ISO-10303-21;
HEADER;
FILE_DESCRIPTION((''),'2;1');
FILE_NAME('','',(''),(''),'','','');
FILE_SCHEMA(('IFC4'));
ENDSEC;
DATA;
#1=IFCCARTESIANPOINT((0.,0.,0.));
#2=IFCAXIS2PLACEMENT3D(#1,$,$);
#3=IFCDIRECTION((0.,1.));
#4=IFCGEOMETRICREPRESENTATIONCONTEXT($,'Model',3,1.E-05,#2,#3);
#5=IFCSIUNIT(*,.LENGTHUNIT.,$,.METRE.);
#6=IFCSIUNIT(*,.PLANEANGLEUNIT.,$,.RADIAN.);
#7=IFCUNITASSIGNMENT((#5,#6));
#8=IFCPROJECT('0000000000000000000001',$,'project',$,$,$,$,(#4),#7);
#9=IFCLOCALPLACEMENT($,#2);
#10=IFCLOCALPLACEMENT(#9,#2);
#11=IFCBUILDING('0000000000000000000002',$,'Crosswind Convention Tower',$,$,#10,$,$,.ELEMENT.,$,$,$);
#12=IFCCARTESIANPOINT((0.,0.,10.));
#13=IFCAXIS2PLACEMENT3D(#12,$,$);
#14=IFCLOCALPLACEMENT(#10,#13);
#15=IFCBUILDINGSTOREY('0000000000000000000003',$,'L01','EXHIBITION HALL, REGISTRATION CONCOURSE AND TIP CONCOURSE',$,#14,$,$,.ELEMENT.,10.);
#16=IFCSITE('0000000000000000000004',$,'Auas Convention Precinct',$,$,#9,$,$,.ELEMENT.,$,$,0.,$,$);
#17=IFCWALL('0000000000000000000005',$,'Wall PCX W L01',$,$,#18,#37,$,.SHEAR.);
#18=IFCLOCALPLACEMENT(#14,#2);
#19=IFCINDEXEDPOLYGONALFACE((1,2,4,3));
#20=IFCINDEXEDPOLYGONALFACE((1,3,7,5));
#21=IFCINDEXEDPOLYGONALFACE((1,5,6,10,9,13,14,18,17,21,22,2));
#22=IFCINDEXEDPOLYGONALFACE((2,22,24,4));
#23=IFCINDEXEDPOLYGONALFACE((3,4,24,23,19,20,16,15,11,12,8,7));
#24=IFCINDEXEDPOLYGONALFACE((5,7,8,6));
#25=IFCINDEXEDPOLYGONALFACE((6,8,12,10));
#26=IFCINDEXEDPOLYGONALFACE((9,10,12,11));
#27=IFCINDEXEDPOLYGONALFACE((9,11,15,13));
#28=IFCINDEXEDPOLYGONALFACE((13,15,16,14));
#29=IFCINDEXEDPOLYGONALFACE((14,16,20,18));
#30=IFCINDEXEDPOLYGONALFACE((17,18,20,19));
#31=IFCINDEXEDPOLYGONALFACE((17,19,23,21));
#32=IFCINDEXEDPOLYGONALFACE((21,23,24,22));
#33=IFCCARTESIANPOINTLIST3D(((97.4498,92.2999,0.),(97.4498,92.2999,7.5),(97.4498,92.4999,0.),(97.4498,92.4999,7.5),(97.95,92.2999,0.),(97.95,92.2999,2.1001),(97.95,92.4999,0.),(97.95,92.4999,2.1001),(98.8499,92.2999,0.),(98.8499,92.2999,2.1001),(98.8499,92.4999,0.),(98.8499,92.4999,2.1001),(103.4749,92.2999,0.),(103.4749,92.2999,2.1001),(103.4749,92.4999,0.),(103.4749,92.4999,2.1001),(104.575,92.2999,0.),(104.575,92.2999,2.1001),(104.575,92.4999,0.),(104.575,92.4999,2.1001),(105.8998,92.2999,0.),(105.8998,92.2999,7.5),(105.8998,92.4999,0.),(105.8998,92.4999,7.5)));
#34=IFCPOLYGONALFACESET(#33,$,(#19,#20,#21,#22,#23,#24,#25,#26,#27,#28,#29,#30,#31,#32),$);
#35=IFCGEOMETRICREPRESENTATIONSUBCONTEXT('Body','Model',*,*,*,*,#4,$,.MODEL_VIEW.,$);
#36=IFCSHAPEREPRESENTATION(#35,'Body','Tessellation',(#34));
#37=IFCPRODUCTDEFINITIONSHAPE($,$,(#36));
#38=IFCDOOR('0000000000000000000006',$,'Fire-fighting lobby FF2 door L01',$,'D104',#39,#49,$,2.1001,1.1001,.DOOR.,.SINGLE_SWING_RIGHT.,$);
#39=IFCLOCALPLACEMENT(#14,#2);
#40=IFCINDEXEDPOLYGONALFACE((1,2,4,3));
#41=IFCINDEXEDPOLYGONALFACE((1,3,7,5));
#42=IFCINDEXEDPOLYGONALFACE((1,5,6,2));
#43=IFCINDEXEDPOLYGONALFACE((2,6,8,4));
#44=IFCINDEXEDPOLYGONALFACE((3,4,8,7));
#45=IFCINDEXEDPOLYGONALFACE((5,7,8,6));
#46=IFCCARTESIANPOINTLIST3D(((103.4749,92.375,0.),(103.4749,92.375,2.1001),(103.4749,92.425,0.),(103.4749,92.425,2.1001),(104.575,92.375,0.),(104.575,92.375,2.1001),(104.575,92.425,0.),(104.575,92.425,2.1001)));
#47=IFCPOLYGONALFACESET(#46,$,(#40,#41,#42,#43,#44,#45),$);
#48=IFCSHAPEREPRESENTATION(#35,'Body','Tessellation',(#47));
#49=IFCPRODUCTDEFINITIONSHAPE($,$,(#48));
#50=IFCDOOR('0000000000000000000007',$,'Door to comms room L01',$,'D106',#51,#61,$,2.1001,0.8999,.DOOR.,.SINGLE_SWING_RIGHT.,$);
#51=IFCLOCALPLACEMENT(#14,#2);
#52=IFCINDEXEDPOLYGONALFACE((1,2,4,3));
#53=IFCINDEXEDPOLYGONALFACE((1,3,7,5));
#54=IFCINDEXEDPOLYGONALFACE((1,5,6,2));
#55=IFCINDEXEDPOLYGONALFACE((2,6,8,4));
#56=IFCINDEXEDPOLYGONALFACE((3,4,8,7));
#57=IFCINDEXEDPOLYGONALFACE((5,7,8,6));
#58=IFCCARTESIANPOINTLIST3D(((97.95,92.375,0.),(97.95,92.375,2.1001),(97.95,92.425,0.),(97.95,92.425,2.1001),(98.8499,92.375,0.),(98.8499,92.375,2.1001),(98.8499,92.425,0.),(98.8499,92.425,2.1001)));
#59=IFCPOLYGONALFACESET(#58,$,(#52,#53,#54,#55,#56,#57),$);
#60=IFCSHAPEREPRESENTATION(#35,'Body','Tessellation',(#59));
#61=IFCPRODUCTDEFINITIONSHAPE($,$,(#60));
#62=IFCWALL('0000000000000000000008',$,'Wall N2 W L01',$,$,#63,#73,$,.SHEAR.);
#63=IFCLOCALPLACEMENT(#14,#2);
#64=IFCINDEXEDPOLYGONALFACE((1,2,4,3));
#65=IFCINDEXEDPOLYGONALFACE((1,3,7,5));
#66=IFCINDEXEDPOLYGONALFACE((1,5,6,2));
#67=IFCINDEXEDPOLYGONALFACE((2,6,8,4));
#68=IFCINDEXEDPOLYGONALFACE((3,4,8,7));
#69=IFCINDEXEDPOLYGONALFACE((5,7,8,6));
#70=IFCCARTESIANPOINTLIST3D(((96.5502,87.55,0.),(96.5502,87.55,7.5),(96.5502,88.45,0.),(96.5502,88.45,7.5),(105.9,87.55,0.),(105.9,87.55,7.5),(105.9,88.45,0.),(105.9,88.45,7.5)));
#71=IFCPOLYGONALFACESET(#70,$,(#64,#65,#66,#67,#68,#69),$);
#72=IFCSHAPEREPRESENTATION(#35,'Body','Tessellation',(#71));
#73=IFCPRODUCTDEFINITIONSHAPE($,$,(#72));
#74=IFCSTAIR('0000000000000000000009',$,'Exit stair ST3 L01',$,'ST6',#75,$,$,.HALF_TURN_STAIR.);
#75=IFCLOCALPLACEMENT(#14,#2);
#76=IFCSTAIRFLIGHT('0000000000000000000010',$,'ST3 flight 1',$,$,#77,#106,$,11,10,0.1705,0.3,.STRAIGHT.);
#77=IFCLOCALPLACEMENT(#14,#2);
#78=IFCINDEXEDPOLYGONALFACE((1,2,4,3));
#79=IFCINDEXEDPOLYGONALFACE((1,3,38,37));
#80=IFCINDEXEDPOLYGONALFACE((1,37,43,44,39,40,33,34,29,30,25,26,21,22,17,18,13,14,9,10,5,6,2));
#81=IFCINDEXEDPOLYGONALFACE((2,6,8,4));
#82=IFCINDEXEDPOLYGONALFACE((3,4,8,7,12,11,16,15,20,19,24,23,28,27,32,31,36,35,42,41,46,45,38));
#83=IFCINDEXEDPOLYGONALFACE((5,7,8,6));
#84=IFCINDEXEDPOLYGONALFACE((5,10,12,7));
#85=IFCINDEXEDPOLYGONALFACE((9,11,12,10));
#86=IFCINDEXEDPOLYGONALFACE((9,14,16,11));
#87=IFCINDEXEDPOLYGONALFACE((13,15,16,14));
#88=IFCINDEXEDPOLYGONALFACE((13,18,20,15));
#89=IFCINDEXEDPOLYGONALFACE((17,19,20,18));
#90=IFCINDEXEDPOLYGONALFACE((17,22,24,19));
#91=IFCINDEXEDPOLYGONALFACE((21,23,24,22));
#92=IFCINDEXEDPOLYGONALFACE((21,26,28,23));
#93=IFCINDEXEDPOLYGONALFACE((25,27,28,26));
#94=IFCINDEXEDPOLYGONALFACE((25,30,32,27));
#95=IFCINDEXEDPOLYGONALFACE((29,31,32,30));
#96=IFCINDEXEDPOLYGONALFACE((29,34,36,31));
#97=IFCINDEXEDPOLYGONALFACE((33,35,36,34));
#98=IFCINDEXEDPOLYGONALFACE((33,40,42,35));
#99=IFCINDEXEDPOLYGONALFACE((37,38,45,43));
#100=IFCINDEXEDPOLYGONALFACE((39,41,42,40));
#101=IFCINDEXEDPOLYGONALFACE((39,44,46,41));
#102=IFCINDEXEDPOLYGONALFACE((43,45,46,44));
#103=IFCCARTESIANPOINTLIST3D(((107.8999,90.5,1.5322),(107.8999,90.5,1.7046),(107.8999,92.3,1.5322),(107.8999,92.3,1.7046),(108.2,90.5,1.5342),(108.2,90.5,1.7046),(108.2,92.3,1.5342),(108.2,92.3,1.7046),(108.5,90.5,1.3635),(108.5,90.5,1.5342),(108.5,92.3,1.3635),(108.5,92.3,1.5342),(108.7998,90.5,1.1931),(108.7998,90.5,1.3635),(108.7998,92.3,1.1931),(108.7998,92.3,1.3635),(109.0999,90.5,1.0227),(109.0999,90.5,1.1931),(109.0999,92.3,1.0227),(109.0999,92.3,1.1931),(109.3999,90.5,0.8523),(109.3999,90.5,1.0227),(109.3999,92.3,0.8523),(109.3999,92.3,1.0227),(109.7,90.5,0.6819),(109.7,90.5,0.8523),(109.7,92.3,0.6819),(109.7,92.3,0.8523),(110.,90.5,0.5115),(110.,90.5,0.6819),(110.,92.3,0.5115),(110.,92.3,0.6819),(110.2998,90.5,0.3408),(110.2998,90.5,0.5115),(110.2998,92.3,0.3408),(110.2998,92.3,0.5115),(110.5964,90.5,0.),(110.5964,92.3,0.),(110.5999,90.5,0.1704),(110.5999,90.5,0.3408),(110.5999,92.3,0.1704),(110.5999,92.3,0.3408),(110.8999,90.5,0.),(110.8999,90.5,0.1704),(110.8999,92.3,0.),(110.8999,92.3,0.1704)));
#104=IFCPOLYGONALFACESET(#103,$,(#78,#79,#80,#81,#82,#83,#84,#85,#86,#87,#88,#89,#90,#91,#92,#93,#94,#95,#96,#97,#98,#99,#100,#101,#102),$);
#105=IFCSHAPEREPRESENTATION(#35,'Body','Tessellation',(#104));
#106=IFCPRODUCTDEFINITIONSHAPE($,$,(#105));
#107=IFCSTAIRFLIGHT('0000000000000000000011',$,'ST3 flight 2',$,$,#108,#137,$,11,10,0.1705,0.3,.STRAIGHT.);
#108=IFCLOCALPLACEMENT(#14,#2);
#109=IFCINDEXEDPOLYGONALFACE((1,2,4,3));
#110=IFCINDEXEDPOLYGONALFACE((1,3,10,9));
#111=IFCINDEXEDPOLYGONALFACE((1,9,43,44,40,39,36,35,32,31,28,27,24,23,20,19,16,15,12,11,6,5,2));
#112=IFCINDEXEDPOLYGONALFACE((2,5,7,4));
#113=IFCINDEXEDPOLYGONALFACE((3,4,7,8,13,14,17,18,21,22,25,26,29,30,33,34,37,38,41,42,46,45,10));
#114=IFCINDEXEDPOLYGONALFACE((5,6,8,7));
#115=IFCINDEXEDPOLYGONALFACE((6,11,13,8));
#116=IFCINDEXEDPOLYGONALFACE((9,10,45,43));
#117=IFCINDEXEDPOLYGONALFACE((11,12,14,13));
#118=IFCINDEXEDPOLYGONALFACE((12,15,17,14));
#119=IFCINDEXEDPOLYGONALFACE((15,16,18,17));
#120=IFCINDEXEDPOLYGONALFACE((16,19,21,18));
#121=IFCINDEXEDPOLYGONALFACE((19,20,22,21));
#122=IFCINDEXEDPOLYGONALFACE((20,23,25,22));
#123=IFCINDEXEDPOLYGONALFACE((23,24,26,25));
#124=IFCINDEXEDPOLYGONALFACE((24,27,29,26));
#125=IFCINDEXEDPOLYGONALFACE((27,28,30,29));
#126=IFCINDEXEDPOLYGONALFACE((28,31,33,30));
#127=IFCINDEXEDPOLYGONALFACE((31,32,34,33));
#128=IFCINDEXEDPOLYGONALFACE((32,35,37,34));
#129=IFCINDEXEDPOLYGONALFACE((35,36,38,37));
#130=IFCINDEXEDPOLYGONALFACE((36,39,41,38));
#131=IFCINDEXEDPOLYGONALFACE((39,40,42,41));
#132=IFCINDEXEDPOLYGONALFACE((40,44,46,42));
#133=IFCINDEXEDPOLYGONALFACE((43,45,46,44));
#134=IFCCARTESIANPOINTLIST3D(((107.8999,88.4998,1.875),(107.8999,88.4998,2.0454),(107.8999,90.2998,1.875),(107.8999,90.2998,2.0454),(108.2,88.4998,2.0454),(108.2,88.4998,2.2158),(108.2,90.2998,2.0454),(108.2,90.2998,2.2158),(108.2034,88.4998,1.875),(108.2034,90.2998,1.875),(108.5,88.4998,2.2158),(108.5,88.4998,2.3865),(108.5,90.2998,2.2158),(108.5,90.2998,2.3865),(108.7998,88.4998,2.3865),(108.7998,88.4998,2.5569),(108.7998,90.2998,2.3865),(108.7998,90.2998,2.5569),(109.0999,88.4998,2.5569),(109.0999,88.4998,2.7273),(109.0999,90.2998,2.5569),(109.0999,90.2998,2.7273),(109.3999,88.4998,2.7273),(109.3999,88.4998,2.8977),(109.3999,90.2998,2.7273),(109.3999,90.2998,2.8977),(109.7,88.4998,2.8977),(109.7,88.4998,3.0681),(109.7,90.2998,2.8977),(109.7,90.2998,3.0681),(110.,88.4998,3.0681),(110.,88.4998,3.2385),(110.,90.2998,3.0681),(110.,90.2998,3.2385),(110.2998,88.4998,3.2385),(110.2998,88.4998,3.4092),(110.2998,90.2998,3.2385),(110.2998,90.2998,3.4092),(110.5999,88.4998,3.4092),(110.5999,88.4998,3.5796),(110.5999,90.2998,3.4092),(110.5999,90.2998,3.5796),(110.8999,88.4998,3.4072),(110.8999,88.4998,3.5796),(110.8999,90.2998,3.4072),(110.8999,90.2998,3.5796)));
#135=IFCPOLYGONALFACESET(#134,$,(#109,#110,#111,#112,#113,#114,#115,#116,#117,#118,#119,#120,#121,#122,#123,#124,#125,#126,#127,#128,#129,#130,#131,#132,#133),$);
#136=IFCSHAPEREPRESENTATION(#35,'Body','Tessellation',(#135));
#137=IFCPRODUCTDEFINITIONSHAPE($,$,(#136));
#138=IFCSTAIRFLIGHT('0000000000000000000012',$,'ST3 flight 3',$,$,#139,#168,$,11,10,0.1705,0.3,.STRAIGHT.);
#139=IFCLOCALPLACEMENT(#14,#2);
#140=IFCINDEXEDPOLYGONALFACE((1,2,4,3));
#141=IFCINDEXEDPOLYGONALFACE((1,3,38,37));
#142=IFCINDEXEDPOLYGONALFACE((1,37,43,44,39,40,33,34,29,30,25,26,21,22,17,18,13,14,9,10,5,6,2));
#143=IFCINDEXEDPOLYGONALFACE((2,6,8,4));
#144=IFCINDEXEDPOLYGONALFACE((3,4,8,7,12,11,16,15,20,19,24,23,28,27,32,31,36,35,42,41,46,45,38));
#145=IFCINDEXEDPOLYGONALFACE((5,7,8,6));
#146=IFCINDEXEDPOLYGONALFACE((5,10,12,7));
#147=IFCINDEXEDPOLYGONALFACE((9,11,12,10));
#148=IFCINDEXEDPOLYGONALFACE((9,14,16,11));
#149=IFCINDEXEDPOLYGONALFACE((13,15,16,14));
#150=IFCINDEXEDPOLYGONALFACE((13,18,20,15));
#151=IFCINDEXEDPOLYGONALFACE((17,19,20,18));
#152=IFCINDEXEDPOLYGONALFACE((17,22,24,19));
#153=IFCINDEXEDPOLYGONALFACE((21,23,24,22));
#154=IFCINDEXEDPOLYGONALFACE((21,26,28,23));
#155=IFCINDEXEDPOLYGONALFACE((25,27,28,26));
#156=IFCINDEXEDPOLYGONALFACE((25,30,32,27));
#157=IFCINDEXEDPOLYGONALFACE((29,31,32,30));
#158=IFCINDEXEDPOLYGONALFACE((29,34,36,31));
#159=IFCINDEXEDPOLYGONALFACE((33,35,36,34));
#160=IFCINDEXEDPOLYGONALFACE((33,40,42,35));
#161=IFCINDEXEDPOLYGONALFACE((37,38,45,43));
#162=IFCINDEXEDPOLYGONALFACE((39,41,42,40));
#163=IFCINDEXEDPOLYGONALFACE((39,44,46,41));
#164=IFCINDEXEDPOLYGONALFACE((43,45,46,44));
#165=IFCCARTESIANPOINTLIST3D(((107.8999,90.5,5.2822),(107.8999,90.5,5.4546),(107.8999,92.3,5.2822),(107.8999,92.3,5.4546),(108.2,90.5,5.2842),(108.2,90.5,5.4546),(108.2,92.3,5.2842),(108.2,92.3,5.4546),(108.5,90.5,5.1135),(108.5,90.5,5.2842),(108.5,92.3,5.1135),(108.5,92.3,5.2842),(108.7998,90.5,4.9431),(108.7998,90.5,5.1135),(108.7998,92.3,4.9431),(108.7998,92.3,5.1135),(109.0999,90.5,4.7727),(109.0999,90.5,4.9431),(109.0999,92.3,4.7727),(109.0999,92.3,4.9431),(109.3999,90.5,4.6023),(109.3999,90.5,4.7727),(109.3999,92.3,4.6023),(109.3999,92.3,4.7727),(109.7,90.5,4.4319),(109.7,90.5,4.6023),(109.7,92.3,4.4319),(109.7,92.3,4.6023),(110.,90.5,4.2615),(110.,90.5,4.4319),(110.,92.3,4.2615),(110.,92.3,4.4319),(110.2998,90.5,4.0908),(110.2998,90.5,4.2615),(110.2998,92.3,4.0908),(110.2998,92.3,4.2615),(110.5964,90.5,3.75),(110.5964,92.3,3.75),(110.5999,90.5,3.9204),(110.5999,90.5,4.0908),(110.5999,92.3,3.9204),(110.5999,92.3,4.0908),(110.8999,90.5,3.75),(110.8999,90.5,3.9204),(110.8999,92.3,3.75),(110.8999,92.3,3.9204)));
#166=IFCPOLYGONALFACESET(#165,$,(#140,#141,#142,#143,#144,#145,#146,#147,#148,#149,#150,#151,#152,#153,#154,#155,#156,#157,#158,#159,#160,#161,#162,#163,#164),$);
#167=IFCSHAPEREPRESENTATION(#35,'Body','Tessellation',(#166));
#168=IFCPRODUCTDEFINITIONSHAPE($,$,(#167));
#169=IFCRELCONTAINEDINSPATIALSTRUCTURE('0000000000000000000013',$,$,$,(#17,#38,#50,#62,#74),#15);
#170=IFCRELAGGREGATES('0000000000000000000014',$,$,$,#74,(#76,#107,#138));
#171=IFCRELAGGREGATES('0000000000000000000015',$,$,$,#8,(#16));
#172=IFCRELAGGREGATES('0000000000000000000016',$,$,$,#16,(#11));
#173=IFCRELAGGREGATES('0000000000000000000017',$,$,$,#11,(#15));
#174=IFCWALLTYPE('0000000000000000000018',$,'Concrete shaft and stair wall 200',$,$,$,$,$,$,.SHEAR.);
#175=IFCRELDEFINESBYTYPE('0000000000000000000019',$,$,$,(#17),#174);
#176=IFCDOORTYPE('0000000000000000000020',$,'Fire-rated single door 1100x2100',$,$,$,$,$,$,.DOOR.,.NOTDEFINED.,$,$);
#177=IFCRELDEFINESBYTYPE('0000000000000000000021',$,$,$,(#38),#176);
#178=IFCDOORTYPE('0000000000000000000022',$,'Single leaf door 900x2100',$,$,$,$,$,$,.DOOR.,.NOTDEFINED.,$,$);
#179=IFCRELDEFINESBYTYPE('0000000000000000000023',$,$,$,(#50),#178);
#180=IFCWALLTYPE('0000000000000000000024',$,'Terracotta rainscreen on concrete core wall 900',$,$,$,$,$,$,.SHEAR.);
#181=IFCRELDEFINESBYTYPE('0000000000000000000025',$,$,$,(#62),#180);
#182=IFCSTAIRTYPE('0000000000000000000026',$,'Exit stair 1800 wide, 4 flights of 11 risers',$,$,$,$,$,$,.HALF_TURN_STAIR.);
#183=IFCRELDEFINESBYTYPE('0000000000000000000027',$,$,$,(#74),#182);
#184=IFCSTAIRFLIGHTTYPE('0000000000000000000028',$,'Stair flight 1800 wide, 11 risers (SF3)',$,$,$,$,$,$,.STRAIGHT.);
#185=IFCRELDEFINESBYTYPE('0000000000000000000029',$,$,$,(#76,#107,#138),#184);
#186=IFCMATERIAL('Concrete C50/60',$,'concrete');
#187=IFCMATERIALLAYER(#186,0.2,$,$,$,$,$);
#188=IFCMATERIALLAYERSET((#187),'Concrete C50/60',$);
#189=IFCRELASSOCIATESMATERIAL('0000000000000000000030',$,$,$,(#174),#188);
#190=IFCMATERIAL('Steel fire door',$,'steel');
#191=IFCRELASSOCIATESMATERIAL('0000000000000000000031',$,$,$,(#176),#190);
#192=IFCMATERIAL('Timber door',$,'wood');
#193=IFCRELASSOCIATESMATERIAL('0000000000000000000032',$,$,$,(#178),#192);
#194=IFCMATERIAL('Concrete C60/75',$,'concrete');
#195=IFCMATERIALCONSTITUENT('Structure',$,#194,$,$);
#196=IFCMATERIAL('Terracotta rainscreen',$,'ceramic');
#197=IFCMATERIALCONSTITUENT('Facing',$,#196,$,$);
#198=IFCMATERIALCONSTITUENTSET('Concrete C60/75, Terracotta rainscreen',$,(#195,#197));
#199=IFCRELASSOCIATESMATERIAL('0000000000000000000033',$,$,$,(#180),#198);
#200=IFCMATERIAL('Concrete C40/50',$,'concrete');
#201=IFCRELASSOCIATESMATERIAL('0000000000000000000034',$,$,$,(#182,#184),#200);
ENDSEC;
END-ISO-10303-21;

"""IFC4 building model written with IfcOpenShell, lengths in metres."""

from ifc_helpers import new_model, si_unit, direction, frame, frame_2d, origin, place, context, subcontext, project, spatial, polyline, rectangle, outline, extrude, material, layer, layer_set, constituent, constituent_set, type_object, element, fill, aggregate, save


model = new_model("IFC4")

# Units and contexts
model_context = context("Model", 3, precision=1e-05, world=origin(), true_north=direction((0.0, 1.0)))
body_context = subcontext(model_context, "Body", "Model", "MODEL_VIEW")
ifc_project = project(units=[si_unit("LENGTHUNIT", "METRE"), si_unit("PLANEANGLEUNIT", "RADIAN")], contexts=[model_context])

# Site, building, storey
site_placement = place(None, origin())
site = spatial("IfcSite", under=ifc_project, at=site_placement, Name="Auas Convention Precinct", CompositionType="ELEMENT", RefElevation=0.0)
building_placement = place(site_placement, origin())
building = spatial("IfcBuilding", under=site, at=building_placement, Name="Crosswind Convention Tower", CompositionType="ELEMENT")
storey_placement = place(building_placement, frame((0.0, 0.0, 10.0)))
storey = spatial("IfcBuildingStorey", under=building, at=storey_placement, Name="L01", Description="EXHIBITION HALL, REGISTRATION CONCOURSE AND TIP CONCOURSE", CompositionType="ELEMENT", Elevation=10.0)

# Shared definitions
ifc_material_1 = material(Name="Concrete C50/60", Category="concrete")
ifc_layer_1 = layer(ifc_material_1, 0.2)
ifc_layer_set_1 = layer_set([ifc_layer_1], Name="Concrete C50/60")
wall_type_1 = type_object("IfcWallType", Name="Concrete shaft and stair wall 200", PredefinedType="SHEAR", material=ifc_layer_set_1)

# Wall, openings, doors
wall_1_placement = place(storey_placement, frame((105.8999, 92.3999, 0.0), z_axis=(0.0, 0.0, 1.0), x_axis=(-1.0, 0.0, 0.0)))
wall_1 = element("IfcWall", 1, at=wall_1_placement, inside=storey, type_object=wall_type_1, Name="Wall PCX W L01", PredefinedType="SHEAR", context=body_context, shape_type="SweptSolid", body=[
    extrude(rectangle(XDim=8.45, YDim=0.2, at=frame_2d((4.2251, 0.0))), origin(), (0.0, 0.0, 1.0), 7.5),
])
opening_1_placement = place(wall_1_placement, frame((1.325, 0.0, 0.0)))
opening_1 = element("IfcOpeningElement", 2, at=opening_1_placement, cuts=wall_1, PredefinedType="OPENING", context=body_context, shape_type="SweptSolid", body=[
    extrude(rectangle(XDim=1.1001, YDim=2.1001, at=frame_2d((0.55, 1.05))), frame((0.0, 0.1099, 0.0), z_axis=(0.0, -1.0, 0.0), x_axis=(1.0, 0.0, 0.0)), (0.0, 0.0, 1.0), 0.22),
])
opening_2_placement = place(wall_1_placement, frame((7.05, 0.0, 0.0)))
opening_2 = element("IfcOpeningElement", 3, at=opening_2_placement, cuts=wall_1, PredefinedType="OPENING", context=body_context, shape_type="SweptSolid", body=[
    extrude(rectangle(XDim=0.8999, YDim=2.1001, at=frame_2d((0.45, 1.05))), frame((0.0, 0.1099, 0.0), z_axis=(0.0, -1.0, 0.0), x_axis=(1.0, 0.0, 0.0)), (0.0, 0.0, 1.0), 0.22),
])
ifc_material_2 = material(Name="Steel fire door", Category="steel")
door_type_1 = type_object("IfcDoorType", Name="Fire-rated single door 1100x2100", OperationType="NOTDEFINED", PredefinedType="DOOR", material=ifc_material_2)
door_1_placement = place(opening_1_placement, origin())
door_1 = element("IfcDoor", 4, at=door_1_placement, inside=storey, type_object=door_type_1, Name="Fire-fighting lobby FF2 door L01", ObjectType="D104", OperationType="SINGLE_SWING_RIGHT", OverallHeight=2.1001, OverallWidth=1.1001, PredefinedType="DOOR", context=body_context, shape_type="SweptSolid", body=[
    extrude(rectangle(XDim=1.1001, YDim=2.1001, at=frame_2d((0.55, 1.05))), frame((0.0, 0.0249, 0.0), z_axis=(0.0, -1.0, 0.0), x_axis=(1.0, 0.0, 0.0)), (0.0, 0.0, 1.0), 0.05),
])
fill(opening_1, door_1)
ifc_material_3 = material(Name="Timber door", Category="wood")
door_type_2 = type_object("IfcDoorType", Name="Single leaf door 900x2100", OperationType="NOTDEFINED", PredefinedType="DOOR", material=ifc_material_3)
door_2_placement = place(opening_2_placement, origin())
door_2 = element("IfcDoor", 5, at=door_2_placement, inside=storey, type_object=door_type_2, Name="Door to comms room L01", ObjectType="D106", OperationType="SINGLE_SWING_RIGHT", OverallHeight=2.1001, OverallWidth=0.8999, PredefinedType="DOOR", context=body_context, shape_type="SweptSolid", body=[
    extrude(rectangle(XDim=0.8999, YDim=2.1001, at=frame_2d((0.45, 1.05))), frame((0.0, 0.0249, 0.0), z_axis=(0.0, -1.0, 0.0), x_axis=(1.0, 0.0, 0.0)), (0.0, 0.0, 1.0), 0.05),
])
fill(opening_2, door_2)

# Wall
ifc_material_4 = material(Name="Concrete C60/75", Category="concrete")
ifc_constituent_1 = constituent(ifc_material_4, Name="Structure")
ifc_material_5 = material(Name="Terracotta rainscreen", Category="ceramic")
ifc_constituent_2 = constituent(ifc_material_5, Name="Facing")
ifc_constituent_set = constituent_set(constituents=[ifc_constituent_1, ifc_constituent_2], Name="Concrete C60/75, Terracotta rainscreen")
wall_type_2 = type_object("IfcWallType", Name="Terracotta rainscreen on concrete core wall 900", PredefinedType="SHEAR", material=ifc_constituent_set)
wall_2_placement = place(storey_placement, frame((105.8999, 88.0, 0.0), z_axis=(0.0, 0.0, 1.0), x_axis=(-1.0, 0.0, 0.0)))
element("IfcWall", 6, at=wall_2_placement, inside=storey, type_object=wall_type_2, Name="Wall N2 W L01", PredefinedType="SHEAR", context=body_context, shape_type="SweptSolid", body=[
    extrude(rectangle(XDim=9.3499, YDim=0.8999, at=frame_2d((4.6748, 0.0))), origin(), (0.0, 0.0, 1.0), 7.5),
])

# Stair, stair flights
ifc_material_6 = material(Name="Concrete C40/50", Category="concrete")
stair_type = type_object("IfcStairType", Name="Exit stair 1800 wide, 4 flights of 11 risers", PredefinedType="HALF_TURN_STAIR", material=ifc_material_6)
stair_placement = place(storey_placement, origin())
stair = element("IfcStair", 7, at=stair_placement, inside=storey, type_object=stair_type, Name="Exit stair ST3 L01", ObjectType="ST6", PredefinedType="HALF_TURN_STAIR")
stair_flight_type = type_object("IfcStairFlightType", Name="Stair flight 1800 wide, 11 risers (SF3)", PredefinedType="STRAIGHT", material=ifc_material_6)
stair_flight_1_placement = place(storey_placement, frame((110.8999, 91.3999, 0.0), z_axis=(0.0, 0.0, 1.0), x_axis=(-1.0, 0.0, 0.0)))
stair_flight_1 = element("IfcStairFlight", 8, at=stair_flight_1_placement, type_object=stair_flight_type, Name="ST3 flight 1", NumberOfRisers=11, NumberOfTreads=10, PredefinedType="STRAIGHT", RiserHeight=0.1705, TreadLength=0.3, context=body_context, shape_type="SweptSolid", body=[
    extrude(outline(polyline([(0.0, 0.0), (0.0, 0.1704), (0.3, 0.1704), (0.3, 0.3408), (0.6001, 0.3408), (0.6001, 0.5115), (0.8999, 0.5115), (0.8999, 0.6819), (1.2, 0.6819), (1.2, 0.8523), (1.5, 0.8523), (1.5, 1.0227), (1.8, 1.0227), (1.8, 1.1931), (2.1001, 1.1931), (2.1001, 1.3635), (2.3999, 1.3635), (2.3999, 1.5342), (2.7, 1.5342), (2.7, 1.7046), (3.0, 1.7046), (3.0, 1.875), (3.0, 1.5322), (0.3035, 0.0), (0.0, 0.0)])), frame((0.0, 0.8999, 0.0), z_axis=(0.0, -1.0, 0.0), x_axis=(1.0, 0.0, 0.0)), (0.0, 0.0, 1.0), 1.8),
])
stair_flight_2_placement = place(storey_placement, frame((107.8999, 89.3999, 1.875), z_axis=(0.0, 0.0, 1.0), x_axis=(1.0, 0.0, 0.0)))
stair_flight_2 = element("IfcStairFlight", 9, at=stair_flight_2_placement, type_object=stair_flight_type, Name="ST3 flight 2", NumberOfRisers=11, NumberOfTreads=10, PredefinedType="STRAIGHT", RiserHeight=0.1705, TreadLength=0.3, context=body_context, shape_type="SweptSolid", body=[
    extrude(outline(polyline([(0.0, 0.0), (0.0, 0.1704), (0.3, 0.1704), (0.3, 0.3408), (0.6001, 0.3408), (0.6001, 0.5115), (0.8999, 0.5115), (0.8999, 0.6819), (1.2, 0.6819), (1.2, 0.8523), (1.5, 0.8523), (1.5, 1.0227), (1.8, 1.0227), (1.8, 1.1931), (2.1001, 1.1931), (2.1001, 1.3635), (2.3999, 1.3635), (2.3999, 1.5342), (2.7, 1.5342), (2.7, 1.7046), (3.0, 1.7046), (3.0, 1.875), (3.0, 1.5322), (0.3035, 0.0), (0.0, 0.0)])), frame((0.0, 0.8999, 0.0), z_axis=(0.0, -1.0, 0.0), x_axis=(1.0, 0.0, 0.0)), (0.0, 0.0, 1.0), 1.8),
])
stair_flight_3_placement = place(storey_placement, frame((110.8999, 91.3999, 3.75), z_axis=(0.0, 0.0, 1.0), x_axis=(-1.0, 0.0, 0.0)))
stair_flight_3 = element("IfcStairFlight", 10, at=stair_flight_3_placement, type_object=stair_flight_type, Name="ST3 flight 3", NumberOfRisers=11, NumberOfTreads=10, PredefinedType="STRAIGHT", RiserHeight=0.1705, TreadLength=0.3, context=body_context, shape_type="SweptSolid", body=[
    extrude(outline(polyline([(0.0, 0.0), (0.0, 0.1704), (0.3, 0.1704), (0.3, 0.3408), (0.6001, 0.3408), (0.6001, 0.5115), (0.8999, 0.5115), (0.8999, 0.6819), (1.2, 0.6819), (1.2, 0.8523), (1.5, 0.8523), (1.5, 1.0227), (1.8, 1.0227), (1.8, 1.1931), (2.1001, 1.1931), (2.1001, 1.3635), (2.3999, 1.3635), (2.3999, 1.5342), (2.7, 1.5342), (2.7, 1.7046), (3.0, 1.7046), (3.0, 1.875), (3.0, 1.5322), (0.3035, 0.0), (0.0, 0.0)])), frame((0.0, 0.8999, 0.0), z_axis=(0.0, -1.0, 0.0), x_axis=(1.0, 0.0, 0.0)), (0.0, 0.0, 1.0), 1.8),
])
aggregate(stair, [stair_flight_1, stair_flight_2, stair_flight_3])

save(model, "model.ifc")
